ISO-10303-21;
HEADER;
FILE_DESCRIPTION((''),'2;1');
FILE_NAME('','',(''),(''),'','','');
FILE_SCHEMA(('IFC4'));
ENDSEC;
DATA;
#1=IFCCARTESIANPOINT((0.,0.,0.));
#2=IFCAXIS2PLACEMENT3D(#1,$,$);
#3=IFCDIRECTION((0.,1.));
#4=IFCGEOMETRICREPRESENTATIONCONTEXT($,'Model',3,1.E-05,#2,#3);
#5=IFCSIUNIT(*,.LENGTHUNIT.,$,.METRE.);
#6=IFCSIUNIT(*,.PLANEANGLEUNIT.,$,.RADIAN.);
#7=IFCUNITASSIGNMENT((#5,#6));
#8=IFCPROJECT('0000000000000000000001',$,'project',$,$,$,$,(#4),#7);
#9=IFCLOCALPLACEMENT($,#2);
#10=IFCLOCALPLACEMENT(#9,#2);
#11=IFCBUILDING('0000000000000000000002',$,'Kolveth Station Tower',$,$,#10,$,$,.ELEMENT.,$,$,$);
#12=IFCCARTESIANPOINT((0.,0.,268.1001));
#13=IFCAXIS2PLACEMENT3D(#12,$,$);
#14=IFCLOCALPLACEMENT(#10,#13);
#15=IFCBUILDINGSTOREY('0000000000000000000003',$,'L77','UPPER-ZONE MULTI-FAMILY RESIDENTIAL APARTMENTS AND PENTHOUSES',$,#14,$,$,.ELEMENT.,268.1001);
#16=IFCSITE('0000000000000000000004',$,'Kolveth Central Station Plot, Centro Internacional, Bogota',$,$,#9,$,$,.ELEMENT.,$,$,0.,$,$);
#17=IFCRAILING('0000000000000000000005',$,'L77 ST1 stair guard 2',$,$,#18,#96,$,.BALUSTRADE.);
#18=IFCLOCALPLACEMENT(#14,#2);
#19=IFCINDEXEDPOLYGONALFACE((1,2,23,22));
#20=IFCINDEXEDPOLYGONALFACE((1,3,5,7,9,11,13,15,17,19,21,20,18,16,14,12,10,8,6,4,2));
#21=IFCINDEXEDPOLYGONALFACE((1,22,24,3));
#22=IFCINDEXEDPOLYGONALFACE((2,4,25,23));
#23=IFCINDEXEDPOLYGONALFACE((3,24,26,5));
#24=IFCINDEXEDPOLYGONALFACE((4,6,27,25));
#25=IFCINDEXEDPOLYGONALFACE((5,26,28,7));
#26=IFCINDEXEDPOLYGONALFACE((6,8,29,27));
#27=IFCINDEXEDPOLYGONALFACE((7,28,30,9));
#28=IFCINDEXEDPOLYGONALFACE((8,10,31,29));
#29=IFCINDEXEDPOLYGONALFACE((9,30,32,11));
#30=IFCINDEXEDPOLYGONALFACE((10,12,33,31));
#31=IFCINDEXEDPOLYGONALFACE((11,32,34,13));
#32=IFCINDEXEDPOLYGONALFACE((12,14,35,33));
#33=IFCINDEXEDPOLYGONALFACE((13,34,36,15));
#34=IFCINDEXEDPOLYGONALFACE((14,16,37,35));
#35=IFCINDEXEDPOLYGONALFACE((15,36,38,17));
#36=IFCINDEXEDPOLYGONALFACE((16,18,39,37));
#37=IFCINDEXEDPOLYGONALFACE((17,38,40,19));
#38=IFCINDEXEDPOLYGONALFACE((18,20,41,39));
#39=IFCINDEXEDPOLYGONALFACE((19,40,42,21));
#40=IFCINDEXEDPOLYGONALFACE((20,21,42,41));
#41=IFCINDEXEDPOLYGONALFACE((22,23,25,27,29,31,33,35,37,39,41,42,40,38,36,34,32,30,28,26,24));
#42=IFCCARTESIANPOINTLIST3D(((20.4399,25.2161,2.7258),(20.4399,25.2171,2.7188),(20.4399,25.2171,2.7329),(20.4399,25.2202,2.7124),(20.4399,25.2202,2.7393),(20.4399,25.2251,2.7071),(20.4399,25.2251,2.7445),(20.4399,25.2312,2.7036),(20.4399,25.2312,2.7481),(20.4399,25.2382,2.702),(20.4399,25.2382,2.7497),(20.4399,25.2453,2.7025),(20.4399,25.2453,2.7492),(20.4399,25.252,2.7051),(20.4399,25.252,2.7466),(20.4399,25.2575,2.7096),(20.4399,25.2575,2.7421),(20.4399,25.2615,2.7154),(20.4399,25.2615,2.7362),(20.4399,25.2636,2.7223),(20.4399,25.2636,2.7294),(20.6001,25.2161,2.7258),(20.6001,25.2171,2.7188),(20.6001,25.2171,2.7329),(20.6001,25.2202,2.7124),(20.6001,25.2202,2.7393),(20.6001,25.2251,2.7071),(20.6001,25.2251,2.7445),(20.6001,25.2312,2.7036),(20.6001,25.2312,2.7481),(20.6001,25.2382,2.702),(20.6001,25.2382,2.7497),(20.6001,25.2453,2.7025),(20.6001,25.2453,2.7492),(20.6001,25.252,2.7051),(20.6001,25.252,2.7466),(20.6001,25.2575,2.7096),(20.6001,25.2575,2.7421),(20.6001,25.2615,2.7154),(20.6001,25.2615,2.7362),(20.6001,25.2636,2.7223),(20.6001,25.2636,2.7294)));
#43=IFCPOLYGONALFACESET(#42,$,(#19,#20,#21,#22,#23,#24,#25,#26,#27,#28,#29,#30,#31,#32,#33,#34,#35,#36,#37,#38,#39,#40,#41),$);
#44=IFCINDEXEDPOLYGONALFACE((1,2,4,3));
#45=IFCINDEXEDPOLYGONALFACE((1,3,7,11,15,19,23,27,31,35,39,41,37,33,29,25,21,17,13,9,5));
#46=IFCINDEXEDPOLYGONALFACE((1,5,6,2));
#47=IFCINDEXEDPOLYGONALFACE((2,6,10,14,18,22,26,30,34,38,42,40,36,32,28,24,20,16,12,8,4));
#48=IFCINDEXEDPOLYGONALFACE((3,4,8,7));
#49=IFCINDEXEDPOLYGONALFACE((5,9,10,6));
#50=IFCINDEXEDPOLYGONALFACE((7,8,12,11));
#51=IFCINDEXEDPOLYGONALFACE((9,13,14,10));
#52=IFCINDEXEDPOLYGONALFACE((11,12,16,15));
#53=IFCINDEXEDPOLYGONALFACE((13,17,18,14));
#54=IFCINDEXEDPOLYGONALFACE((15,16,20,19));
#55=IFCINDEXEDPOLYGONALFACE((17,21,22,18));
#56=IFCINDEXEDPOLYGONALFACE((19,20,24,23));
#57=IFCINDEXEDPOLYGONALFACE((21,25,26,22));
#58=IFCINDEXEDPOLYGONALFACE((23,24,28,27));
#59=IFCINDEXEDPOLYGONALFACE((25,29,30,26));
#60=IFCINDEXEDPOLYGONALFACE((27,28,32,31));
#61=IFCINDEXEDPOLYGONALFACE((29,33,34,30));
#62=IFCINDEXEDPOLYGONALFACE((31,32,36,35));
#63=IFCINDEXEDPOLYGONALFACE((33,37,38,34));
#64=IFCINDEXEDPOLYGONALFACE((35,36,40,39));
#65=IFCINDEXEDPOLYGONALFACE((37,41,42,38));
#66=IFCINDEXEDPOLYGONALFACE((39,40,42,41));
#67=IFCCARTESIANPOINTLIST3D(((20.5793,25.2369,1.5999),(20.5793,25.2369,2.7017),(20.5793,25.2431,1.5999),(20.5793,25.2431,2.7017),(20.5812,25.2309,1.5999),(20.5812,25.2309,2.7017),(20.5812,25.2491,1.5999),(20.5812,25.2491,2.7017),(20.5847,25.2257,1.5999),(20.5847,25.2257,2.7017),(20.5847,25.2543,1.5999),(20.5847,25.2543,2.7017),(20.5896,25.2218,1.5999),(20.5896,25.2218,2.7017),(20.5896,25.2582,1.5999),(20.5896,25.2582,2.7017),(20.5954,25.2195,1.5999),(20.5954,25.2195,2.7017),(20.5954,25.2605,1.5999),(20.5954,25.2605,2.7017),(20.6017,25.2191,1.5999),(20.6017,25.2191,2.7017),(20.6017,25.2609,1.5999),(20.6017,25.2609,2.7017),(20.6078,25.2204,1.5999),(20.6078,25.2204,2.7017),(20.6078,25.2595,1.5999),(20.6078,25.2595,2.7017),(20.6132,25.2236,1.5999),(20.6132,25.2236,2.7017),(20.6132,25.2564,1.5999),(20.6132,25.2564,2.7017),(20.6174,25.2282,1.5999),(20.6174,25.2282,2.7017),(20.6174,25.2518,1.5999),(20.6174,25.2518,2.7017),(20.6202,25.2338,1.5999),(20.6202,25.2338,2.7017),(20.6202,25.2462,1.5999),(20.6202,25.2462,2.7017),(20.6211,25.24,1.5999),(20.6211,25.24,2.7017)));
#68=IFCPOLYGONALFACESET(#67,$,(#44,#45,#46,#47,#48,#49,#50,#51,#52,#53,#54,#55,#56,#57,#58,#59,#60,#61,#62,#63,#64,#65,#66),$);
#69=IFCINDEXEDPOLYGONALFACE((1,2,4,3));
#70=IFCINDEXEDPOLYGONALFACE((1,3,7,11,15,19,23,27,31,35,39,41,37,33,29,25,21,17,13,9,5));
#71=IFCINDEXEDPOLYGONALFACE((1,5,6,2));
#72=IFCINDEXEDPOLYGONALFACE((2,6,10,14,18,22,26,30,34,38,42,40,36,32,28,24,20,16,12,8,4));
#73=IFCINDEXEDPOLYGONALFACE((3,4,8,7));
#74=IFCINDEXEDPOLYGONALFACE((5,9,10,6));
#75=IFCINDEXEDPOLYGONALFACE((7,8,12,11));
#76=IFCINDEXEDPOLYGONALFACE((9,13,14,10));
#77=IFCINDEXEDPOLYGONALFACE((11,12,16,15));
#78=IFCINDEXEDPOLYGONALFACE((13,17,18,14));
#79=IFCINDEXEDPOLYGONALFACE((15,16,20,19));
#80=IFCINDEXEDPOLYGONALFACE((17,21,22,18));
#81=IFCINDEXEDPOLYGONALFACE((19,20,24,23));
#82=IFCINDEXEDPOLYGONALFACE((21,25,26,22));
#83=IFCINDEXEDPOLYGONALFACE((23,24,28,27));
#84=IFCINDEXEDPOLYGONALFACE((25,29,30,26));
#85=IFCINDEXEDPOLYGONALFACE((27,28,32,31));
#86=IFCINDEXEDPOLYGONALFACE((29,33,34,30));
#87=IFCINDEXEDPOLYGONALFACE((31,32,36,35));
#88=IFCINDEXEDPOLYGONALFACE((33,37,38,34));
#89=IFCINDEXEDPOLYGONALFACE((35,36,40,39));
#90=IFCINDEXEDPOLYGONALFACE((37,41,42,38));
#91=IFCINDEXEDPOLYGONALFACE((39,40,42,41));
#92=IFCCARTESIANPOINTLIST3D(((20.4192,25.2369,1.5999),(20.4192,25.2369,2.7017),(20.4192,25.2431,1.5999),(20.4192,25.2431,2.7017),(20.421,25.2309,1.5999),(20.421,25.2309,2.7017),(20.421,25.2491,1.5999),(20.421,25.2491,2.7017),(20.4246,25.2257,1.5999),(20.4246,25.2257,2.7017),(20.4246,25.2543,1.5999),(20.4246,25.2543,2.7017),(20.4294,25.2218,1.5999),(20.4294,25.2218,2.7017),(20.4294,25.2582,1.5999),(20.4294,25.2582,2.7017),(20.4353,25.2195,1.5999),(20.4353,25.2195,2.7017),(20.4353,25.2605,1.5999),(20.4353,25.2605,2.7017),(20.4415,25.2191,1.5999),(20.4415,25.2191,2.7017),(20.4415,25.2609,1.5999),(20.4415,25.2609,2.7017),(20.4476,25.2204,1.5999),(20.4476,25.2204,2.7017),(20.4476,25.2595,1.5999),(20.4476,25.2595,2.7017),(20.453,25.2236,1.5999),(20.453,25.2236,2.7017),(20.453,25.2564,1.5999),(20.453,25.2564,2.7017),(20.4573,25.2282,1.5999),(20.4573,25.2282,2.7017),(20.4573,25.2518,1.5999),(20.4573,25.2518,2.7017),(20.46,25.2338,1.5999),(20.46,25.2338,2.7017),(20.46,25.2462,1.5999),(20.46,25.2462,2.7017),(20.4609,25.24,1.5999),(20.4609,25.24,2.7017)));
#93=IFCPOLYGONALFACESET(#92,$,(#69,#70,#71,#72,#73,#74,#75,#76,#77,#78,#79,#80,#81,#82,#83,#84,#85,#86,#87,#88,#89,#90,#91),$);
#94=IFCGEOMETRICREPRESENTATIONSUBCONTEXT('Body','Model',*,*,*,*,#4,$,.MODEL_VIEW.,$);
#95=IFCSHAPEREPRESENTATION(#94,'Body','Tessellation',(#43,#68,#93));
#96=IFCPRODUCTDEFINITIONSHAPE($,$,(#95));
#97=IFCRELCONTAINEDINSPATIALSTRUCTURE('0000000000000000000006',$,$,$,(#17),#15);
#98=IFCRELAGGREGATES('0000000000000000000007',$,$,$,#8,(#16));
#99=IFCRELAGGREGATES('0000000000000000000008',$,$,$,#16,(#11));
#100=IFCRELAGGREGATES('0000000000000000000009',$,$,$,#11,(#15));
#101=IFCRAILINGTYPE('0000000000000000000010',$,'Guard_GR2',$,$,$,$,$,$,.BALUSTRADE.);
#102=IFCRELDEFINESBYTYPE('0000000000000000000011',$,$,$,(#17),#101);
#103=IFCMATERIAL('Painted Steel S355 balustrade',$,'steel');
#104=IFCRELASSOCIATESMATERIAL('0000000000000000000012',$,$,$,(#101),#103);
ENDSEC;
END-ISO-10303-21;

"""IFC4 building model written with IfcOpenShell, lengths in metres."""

from ifc_helpers import new_model, si_unit, direction, frame, origin, origin_2d, place, context, subcontext, project, spatial, circle, extrude, material, type_object, element, save


model = new_model("IFC4")

# Units and contexts
model_context = context("Model", 3, precision=1e-05, world=origin(), true_north=direction((0.0, 1.0)))
body_context = subcontext(model_context, "Body", "Model", "MODEL_VIEW")
ifc_project = project(units=[si_unit("LENGTHUNIT", "METRE"), si_unit("PLANEANGLEUNIT", "RADIAN")], contexts=[model_context])

# Site, building, storey
site_placement = place(None, origin())
site = spatial("IfcSite", under=ifc_project, at=site_placement, Name="Kolveth Central Station Plot, Centro Internacional, Bogota", CompositionType="ELEMENT", RefElevation=0.0)
building_placement = place(site_placement, origin())
building = spatial("IfcBuilding", under=site, at=building_placement, Name="Kolveth Station Tower", CompositionType="ELEMENT")
storey_placement = place(building_placement, frame((0.0, 0.0, 268.1001)))
storey = spatial("IfcBuildingStorey", under=building, at=storey_placement, Name="L77", Description="UPPER-ZONE MULTI-FAMILY RESIDENTIAL APARTMENTS AND PENTHOUSES", CompositionType="ELEMENT", Elevation=268.1001)

# Railing
ifc_material_1 = material(Name="Painted Steel S355 balustrade", Category="steel")
railing_type_1 = type_object("IfcRailingType", Name="Guard_GR2", PredefinedType="BALUSTRADE", material=ifc_material_1)
railing_1_placement = place(storey_placement, frame((20.6001, 25.24, 1.5999)))
element("IfcRailing", 1, at=railing_1_placement, inside=storey, type_object=railing_type_1, Name="L77 ST1 stair guard 2", PredefinedType="BALUSTRADE", context=body_context, shape_type="SweptSolid", body=[
    extrude(circle(Radius=0.0239, at=origin_2d()), frame((0.0, 0.0, 1.126), z_axis=(-1.0, 0.0, 0.0), x_axis=(0.0, -1.0, 0.0)), (0.0, 0.0, 1.0), 0.1602),
    extrude(circle(Radius=0.021, at=origin_2d()), origin(), (0.0, 0.0, 1.0), 1.1018),
    extrude(circle(Radius=0.021, at=origin_2d()), frame((-0.1602, 0.0, 0.0)), (0.0, 0.0, 1.0), 1.1018),
])

save(model, "model.ifc")
